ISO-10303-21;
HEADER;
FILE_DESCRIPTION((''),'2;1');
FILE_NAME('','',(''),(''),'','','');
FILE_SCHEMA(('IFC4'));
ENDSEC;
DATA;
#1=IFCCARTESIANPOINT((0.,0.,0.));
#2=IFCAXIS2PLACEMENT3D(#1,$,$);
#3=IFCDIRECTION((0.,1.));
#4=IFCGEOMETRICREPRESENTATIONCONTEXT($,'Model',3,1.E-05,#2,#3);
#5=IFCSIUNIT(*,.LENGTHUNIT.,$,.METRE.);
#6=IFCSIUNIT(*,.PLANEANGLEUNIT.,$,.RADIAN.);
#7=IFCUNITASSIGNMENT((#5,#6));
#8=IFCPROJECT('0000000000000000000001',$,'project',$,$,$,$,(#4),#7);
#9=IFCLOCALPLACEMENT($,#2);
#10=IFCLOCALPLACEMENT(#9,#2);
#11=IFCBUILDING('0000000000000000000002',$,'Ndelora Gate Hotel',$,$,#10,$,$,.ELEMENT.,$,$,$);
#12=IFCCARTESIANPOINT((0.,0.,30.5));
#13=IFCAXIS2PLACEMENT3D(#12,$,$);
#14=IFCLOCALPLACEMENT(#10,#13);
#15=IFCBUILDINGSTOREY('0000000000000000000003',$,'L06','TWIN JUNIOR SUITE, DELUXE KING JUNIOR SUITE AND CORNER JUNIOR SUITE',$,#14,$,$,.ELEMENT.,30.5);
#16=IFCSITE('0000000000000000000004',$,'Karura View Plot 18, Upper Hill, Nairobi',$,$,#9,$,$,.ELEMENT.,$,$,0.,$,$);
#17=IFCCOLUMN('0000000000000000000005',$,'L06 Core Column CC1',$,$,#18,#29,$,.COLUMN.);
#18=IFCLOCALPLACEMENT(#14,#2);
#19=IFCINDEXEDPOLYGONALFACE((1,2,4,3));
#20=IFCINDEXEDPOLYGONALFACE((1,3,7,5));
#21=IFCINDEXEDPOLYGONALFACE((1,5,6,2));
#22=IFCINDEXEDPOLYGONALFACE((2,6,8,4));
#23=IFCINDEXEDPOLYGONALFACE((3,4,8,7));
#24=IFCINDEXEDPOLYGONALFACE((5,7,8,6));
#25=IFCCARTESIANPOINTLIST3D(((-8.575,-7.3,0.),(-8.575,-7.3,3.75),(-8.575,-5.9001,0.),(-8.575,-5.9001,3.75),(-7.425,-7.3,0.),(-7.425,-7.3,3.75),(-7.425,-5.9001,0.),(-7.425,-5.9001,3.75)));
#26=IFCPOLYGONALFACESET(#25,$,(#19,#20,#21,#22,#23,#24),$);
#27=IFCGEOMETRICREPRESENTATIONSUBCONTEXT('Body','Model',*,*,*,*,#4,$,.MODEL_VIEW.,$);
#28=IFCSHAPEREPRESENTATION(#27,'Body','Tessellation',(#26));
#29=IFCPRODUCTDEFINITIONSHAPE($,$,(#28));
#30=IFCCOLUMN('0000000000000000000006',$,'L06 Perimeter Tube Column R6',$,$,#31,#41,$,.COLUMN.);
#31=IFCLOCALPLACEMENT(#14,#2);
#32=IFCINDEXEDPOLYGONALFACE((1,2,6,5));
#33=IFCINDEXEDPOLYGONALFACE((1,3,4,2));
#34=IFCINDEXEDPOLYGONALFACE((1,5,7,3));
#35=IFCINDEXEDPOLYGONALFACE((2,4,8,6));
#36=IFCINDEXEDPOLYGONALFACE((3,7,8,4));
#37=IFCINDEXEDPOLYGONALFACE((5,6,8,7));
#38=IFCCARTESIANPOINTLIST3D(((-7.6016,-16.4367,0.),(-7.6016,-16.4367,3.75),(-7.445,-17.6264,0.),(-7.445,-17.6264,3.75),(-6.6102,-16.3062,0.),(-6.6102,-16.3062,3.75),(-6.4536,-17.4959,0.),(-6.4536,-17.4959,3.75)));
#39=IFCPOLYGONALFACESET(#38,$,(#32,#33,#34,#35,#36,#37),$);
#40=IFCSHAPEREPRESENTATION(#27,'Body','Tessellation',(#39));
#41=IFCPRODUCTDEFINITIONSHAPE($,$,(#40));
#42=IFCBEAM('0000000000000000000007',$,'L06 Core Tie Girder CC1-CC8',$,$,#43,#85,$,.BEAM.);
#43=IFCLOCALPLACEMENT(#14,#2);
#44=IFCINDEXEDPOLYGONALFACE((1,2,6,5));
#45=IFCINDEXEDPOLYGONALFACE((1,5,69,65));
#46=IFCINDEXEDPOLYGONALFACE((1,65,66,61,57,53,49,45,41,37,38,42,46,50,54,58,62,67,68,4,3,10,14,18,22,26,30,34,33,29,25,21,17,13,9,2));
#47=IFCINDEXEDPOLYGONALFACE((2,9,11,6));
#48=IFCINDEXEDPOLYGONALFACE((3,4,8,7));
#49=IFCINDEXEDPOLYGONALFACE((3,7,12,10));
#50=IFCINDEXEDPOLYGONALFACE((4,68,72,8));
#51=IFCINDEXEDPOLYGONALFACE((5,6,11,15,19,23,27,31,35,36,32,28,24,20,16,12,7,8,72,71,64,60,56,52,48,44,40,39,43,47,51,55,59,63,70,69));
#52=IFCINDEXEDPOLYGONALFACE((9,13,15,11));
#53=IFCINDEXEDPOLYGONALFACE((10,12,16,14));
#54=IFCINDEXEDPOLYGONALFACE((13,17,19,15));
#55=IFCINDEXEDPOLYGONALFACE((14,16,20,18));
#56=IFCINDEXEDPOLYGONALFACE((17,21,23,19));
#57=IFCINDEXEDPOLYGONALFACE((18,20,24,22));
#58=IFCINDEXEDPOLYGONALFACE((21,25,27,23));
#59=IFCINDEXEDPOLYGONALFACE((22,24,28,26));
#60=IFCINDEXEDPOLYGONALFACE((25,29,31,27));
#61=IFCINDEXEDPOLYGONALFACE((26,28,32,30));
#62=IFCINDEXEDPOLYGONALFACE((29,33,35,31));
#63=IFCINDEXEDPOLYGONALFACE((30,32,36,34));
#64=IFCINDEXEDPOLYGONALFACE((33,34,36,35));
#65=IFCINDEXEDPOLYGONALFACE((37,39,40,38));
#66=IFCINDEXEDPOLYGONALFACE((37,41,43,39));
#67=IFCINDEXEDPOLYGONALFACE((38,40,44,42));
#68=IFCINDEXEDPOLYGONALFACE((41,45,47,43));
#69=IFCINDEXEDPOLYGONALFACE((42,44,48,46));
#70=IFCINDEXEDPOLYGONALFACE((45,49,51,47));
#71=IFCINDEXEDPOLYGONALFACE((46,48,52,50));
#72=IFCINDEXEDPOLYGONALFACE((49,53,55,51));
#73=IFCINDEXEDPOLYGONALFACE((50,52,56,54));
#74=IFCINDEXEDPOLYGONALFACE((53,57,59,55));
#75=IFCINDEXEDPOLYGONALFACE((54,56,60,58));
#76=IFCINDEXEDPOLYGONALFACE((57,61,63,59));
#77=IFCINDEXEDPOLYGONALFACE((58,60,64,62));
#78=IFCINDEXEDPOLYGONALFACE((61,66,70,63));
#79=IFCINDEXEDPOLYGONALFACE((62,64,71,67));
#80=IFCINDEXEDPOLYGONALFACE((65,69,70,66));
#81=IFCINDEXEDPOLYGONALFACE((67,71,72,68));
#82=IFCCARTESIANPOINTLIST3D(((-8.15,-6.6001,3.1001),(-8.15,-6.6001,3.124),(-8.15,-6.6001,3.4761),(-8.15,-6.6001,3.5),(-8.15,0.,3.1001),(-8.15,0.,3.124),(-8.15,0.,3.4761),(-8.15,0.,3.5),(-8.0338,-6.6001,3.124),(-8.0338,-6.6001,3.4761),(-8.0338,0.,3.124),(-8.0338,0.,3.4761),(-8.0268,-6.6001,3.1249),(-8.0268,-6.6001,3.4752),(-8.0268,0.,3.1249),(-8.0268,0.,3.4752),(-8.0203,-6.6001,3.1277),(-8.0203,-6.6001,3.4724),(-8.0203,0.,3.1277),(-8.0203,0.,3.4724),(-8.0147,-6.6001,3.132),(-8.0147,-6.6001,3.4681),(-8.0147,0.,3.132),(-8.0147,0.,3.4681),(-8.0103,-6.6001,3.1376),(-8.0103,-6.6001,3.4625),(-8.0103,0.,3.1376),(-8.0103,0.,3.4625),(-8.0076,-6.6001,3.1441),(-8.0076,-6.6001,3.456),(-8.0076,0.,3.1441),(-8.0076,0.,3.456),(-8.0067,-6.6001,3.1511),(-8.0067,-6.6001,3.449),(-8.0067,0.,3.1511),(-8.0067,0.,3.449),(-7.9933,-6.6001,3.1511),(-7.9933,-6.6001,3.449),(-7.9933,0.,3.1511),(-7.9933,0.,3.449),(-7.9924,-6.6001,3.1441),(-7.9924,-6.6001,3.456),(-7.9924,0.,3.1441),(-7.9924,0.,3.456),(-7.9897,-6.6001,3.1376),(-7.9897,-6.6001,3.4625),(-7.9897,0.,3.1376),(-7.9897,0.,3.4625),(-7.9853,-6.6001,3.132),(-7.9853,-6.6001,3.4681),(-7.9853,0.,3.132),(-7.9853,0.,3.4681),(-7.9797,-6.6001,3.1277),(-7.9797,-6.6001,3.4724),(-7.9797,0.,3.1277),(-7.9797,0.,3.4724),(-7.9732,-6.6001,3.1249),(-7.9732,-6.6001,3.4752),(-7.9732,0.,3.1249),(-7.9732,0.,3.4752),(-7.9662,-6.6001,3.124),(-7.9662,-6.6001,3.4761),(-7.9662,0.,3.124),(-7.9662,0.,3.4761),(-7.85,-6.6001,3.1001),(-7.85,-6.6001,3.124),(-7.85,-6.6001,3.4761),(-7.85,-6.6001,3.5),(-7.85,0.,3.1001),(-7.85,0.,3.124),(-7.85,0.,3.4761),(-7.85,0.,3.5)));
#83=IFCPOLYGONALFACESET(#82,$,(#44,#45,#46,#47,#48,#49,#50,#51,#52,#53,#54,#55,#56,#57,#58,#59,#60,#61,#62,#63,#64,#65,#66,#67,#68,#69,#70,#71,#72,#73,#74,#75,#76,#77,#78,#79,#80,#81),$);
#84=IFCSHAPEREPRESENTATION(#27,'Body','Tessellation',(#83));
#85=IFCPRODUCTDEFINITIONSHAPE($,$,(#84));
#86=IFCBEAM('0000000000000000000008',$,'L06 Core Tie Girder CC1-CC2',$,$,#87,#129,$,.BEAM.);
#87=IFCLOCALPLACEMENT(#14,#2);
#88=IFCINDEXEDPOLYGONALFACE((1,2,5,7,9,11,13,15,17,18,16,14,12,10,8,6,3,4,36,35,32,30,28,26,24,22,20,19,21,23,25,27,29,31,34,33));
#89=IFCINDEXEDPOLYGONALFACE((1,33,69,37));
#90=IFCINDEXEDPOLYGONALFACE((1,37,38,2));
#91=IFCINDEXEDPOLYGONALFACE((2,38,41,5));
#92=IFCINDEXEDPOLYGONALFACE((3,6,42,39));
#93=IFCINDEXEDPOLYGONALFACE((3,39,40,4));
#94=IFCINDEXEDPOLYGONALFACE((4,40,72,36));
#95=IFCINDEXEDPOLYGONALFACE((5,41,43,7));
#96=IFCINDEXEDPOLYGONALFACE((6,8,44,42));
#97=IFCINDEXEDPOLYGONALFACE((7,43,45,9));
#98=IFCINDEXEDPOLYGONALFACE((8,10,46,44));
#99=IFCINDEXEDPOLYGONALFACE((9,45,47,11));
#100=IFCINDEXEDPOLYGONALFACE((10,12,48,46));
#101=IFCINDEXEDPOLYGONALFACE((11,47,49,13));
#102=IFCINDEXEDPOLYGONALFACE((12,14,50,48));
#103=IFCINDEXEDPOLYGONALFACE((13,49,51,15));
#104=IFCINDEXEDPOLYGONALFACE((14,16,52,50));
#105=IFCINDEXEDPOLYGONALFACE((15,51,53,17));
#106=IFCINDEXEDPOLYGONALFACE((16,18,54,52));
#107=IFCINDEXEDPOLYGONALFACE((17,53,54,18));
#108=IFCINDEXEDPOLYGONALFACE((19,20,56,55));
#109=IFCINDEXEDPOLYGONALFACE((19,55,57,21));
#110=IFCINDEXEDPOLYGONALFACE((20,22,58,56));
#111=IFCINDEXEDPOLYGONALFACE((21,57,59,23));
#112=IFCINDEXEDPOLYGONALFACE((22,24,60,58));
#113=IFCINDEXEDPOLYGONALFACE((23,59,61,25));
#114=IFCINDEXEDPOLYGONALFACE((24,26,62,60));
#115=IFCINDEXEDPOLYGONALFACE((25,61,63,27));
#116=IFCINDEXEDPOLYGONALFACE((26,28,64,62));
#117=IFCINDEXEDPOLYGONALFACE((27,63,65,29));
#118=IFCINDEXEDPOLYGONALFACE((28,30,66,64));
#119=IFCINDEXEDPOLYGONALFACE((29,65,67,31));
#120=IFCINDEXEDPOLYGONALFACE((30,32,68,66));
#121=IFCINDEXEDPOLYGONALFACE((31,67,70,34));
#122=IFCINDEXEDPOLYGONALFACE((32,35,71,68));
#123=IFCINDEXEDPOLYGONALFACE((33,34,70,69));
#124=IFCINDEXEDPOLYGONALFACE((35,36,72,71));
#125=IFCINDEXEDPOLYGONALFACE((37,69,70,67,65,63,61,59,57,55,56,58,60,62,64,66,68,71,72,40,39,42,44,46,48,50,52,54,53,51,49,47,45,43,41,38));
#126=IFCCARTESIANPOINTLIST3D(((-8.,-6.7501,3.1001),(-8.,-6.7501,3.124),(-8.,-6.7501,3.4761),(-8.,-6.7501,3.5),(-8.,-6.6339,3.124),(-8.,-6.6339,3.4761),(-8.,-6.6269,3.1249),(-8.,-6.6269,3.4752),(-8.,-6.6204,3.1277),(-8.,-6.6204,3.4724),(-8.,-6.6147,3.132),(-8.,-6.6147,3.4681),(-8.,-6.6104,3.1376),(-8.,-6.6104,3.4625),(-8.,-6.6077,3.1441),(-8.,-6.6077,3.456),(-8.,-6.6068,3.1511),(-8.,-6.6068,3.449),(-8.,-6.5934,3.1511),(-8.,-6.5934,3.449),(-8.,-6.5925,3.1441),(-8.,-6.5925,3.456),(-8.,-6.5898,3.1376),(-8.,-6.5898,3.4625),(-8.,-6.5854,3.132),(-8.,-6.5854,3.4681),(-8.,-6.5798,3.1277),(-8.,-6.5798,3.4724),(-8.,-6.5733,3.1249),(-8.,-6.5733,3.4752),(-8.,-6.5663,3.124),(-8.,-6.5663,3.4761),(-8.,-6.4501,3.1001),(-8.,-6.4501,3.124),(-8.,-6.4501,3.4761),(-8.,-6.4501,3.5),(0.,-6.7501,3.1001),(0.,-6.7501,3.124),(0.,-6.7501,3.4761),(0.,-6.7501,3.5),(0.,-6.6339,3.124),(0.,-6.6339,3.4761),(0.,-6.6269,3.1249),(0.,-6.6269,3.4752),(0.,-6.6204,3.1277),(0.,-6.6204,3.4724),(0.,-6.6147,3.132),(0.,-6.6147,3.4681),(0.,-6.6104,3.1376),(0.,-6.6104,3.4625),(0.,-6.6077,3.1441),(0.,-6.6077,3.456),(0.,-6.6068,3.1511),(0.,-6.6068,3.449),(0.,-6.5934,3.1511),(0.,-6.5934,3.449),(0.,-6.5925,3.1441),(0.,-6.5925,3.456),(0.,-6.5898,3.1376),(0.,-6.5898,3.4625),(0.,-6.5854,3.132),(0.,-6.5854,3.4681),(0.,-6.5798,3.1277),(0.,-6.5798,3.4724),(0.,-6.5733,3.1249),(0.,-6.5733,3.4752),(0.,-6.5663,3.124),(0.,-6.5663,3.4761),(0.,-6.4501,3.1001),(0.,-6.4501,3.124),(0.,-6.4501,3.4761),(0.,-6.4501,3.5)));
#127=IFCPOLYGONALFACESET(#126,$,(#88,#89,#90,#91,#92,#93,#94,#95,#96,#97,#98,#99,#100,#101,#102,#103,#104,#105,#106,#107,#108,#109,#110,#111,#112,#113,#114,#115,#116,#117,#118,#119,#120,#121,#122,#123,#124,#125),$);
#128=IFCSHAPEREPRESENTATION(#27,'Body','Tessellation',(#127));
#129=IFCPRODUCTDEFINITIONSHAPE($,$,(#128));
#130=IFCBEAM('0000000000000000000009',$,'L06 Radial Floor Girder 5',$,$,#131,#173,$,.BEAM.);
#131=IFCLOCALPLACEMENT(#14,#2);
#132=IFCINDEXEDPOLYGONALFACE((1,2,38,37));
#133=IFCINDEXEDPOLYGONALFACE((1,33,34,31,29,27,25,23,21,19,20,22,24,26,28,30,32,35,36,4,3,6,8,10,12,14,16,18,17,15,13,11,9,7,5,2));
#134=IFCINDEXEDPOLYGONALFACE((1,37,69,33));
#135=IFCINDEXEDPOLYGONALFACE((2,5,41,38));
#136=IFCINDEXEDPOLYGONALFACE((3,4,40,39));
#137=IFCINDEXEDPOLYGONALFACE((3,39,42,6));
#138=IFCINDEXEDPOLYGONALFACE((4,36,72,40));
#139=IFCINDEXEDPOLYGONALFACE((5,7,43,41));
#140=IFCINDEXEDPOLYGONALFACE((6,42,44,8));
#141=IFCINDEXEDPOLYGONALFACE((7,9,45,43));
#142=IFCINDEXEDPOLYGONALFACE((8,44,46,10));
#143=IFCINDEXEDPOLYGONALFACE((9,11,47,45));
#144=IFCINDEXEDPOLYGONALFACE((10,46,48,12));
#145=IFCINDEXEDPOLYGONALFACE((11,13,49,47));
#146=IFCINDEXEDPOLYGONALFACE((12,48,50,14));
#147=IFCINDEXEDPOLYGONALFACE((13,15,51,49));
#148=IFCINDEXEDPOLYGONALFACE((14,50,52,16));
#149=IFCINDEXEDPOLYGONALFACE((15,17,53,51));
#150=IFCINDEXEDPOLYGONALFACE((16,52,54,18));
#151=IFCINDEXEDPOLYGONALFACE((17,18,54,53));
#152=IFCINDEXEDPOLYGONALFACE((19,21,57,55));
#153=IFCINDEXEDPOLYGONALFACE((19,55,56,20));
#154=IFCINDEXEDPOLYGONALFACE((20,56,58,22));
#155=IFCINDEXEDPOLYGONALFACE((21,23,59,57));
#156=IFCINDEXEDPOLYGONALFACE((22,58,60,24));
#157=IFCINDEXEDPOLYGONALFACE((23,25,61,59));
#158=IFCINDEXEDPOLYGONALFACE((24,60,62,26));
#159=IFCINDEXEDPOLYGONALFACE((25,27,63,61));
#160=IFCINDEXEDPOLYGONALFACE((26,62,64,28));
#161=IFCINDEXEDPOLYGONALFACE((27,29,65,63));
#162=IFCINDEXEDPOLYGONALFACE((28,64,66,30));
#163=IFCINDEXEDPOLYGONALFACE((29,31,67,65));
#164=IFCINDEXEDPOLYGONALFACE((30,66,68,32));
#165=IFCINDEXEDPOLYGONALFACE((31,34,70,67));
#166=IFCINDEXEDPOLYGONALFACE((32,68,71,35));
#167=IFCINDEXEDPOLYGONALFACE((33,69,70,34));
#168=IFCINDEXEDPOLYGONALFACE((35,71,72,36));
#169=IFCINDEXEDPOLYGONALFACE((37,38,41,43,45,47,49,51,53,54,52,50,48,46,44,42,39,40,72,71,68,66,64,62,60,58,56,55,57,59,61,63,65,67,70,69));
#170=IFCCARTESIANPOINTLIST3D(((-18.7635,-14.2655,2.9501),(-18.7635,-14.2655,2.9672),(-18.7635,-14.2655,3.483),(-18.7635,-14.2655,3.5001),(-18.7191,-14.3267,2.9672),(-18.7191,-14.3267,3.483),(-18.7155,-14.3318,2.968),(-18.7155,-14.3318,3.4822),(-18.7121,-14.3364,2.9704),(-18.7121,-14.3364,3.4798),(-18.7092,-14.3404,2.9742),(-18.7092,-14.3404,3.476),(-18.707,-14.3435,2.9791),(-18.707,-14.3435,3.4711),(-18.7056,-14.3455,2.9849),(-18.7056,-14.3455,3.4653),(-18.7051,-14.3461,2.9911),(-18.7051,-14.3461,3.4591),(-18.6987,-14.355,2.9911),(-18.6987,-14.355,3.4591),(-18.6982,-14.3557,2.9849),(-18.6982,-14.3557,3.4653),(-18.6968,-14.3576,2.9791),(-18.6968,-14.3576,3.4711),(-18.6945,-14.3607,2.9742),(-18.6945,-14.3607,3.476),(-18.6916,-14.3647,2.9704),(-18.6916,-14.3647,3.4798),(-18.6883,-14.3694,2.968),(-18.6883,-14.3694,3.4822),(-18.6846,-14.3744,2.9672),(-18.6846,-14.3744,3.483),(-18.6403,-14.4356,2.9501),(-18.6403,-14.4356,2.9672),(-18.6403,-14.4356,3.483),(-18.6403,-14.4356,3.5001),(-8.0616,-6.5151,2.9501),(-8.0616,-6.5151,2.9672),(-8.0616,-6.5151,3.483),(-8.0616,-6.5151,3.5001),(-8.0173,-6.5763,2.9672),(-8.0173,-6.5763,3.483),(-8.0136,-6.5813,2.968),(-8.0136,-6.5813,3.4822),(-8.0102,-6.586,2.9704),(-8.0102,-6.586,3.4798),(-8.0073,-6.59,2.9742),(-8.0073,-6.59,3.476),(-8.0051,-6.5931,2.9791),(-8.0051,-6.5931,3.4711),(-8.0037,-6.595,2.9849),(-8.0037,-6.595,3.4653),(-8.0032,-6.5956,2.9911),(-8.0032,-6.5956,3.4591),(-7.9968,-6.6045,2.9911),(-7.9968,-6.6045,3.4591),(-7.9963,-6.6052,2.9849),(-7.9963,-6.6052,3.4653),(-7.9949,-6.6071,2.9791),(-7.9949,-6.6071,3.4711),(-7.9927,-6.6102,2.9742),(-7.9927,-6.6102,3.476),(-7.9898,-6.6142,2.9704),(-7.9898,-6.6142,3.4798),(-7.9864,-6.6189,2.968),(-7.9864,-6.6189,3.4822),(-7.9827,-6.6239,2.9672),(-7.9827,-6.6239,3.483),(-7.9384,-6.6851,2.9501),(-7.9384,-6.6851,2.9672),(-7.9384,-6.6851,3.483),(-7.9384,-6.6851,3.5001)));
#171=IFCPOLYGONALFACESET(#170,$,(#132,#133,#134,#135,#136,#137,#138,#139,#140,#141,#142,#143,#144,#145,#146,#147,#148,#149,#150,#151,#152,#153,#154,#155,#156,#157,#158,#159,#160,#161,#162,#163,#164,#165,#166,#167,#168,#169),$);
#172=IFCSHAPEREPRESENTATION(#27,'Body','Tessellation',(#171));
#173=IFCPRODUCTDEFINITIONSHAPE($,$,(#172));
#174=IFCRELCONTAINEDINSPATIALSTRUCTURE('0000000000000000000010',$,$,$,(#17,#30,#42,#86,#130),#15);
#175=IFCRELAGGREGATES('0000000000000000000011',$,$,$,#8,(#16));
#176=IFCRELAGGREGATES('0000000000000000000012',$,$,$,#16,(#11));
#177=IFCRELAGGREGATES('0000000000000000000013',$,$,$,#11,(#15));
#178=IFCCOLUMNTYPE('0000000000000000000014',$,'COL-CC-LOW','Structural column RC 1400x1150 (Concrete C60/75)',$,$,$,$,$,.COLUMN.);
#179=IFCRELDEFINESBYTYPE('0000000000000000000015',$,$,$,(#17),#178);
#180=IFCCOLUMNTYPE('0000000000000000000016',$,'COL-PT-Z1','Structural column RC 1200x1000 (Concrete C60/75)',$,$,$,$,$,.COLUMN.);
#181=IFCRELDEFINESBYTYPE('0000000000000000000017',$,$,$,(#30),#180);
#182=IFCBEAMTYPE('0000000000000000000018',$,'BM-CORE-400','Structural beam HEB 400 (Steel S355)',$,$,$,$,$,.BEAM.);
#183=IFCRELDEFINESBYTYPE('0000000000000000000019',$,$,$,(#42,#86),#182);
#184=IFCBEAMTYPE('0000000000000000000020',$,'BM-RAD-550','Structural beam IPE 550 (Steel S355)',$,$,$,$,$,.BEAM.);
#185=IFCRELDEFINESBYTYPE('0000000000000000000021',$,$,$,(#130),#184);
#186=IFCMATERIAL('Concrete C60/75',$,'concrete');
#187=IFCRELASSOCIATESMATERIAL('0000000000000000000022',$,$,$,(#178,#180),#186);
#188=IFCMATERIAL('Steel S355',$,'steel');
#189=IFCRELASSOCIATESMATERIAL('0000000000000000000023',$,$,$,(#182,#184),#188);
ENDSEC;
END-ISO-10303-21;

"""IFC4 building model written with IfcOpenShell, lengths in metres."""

from ifc_helpers import new_model, si_unit, direction, frame, origin, origin_2d, place, context, subcontext, project, spatial, rectangle, i_section, extrude, material, material_profile, profile_set, type_object, element, save


model = new_model("IFC4")

# Units and contexts
model_context = context("Model", 3, precision=1e-05, world=origin(), true_north=direction((0.0, 1.0)))
body_context = subcontext(model_context, "Body", "Model", "MODEL_VIEW")
ifc_project = project(units=[si_unit("LENGTHUNIT", "METRE"), si_unit("PLANEANGLEUNIT", "RADIAN")], contexts=[model_context])

# Site, building, storey
site_placement = place(None, origin())
site = spatial("IfcSite", under=ifc_project, at=site_placement, Name="Karura View Plot 18, Upper Hill, Nairobi", CompositionType="ELEMENT", RefElevation=0.0)
building_placement = place(site_placement, origin())
building = spatial("IfcBuilding", under=site, at=building_placement, Name="Ndelora Gate Hotel", CompositionType="ELEMENT")
storey_placement = place(building_placement, frame((0.0, 0.0, 30.5)))
storey = spatial("IfcBuildingStorey", under=building, at=storey_placement, Name="L06", Description="TWIN JUNIOR SUITE, DELUXE KING JUNIOR SUITE AND CORNER JUNIOR SUITE", CompositionType="ELEMENT", Elevation=30.5)

# Columns
ifc_material_1 = material(Name="Concrete C60/75", Category="concrete")
ifc_material_profile_1 = material_profile(ifc_material_1, rectangle(XDim=1.1499, YDim=1.3999, at=origin_2d()), Name="RC 1400x1150")
ifc_profile_set_1 = profile_set([ifc_material_profile_1], Name="Concrete C60/75")
column_type_1 = type_object("IfcColumnType", Name="COL-CC-LOW", Description="Structural column RC 1400x1150 (Concrete C60/75)", PredefinedType="COLUMN", material=ifc_profile_set_1)
column_1_placement = place(storey_placement, frame((-8.0, -6.6001, 0.0), z_axis=(0.0, 0.0, 1.0), x_axis=(1.0, 0.0, 0.0)))
element("IfcColumn", 1, at=column_1_placement, inside=storey, type_object=column_type_1, Name="L06 Core Column CC1", PredefinedType="COLUMN", context=body_context, shape_type="SweptSolid", body=[
    extrude(rectangle(XDim=1.1499, YDim=1.3999, at=origin_2d()), origin(), (0.0, 0.0, 1.0), 3.75),
])
ifc_material_profile_2 = material_profile(ifc_material_1, rectangle(XDim=1.0, YDim=1.2, at=origin_2d()), Name="RC 1200x1000")
ifc_profile_set_2 = profile_set([ifc_material_profile_2], Name="Concrete C60/75")
column_type_2 = type_object("IfcColumnType", Name="COL-PT-Z1", Description="Structural column RC 1200x1000 (Concrete C60/75)", PredefinedType="COLUMN", material=ifc_profile_set_2)
column_2_placement = place(storey_placement, frame((-7.0276, -16.9663, 0.0), z_axis=(0.0, 0.0, 1.0), x_axis=(0.991445, 0.130526, 0.0)))
element("IfcColumn", 2, at=column_2_placement, inside=storey, type_object=column_type_2, Name="L06 Perimeter Tube Column R6", PredefinedType="COLUMN", context=body_context, shape_type="SweptSolid", body=[
    extrude(rectangle(XDim=1.0, YDim=1.2, at=origin_2d()), origin(), (0.0, 0.0, 1.0), 3.75),
])

# Beams
ifc_material_2 = material(Name="Steel S355", Category="steel")
ifc_material_profile_3 = material_profile(ifc_material_2, i_section(OverallWidth=0.3, OverallDepth=0.3999, WebThickness=0.0134, FlangeThickness=0.0239, FilletRadius=0.0271, at=origin_2d()), Name="HEB 400")
ifc_profile_set_3 = profile_set([ifc_material_profile_3], Name="Steel S355")
beam_type_1 = type_object("IfcBeamType", Name="BM-CORE-400", Description="Structural beam HEB 400 (Steel S355)", PredefinedType="BEAM", material=ifc_profile_set_3)
beam_1_placement = place(storey_placement, frame((-8.0, -6.6001, 3.3), z_axis=(0.0, 1.0, 0.0), x_axis=(-1.0, 0.0, 0.0)))
element("IfcBeam", 3, at=beam_1_placement, inside=storey, type_object=beam_type_1, Name="L06 Core Tie Girder CC1-CC8", PredefinedType="BEAM", context=body_context, shape_type="SweptSolid", body=[
    extrude(i_section(OverallWidth=0.3, OverallDepth=0.3999, WebThickness=0.0134, FlangeThickness=0.0239, FilletRadius=0.0271, at=origin_2d()), origin(), (0.0, 0.0, 1.0), 6.6001),
])
beam_2_placement = place(storey_placement, frame((-8.0, -6.6001, 3.3), z_axis=(1.0, 0.0, 0.0), x_axis=(0.0, 1.0, 0.0)))
element("IfcBeam", 4, at=beam_2_placement, inside=storey, type_object=beam_type_1, Name="L06 Core Tie Girder CC1-CC2", PredefinedType="BEAM", context=body_context, shape_type="SweptSolid", body=[
    extrude(i_section(OverallWidth=0.3, OverallDepth=0.3999, WebThickness=0.0134, FlangeThickness=0.0239, FilletRadius=0.0271, at=origin_2d()), origin(), (0.0, 0.0, 1.0), 8.0),
])
ifc_material_profile_4 = material_profile(ifc_material_2, i_section(OverallWidth=0.21, OverallDepth=0.55, WebThickness=0.011, FlangeThickness=0.0171, FilletRadius=0.0239, at=origin_2d()), Name="IPE 550")
ifc_profile_set_4 = profile_set([ifc_material_profile_4], Name="Steel S355")
beam_type_2 = type_object("IfcBeamType", Name="BM-RAD-550", Description="Structural beam IPE 550 (Steel S355)", PredefinedType="BEAM", material=ifc_profile_set_4)
beam_3_placement = place(storey_placement, frame((-8.0, -6.6001, 3.2251), z_axis=(-0.809912, -0.586551, 0.0), x_axis=(0.586551, -0.809912, 0.0)))
element("IfcBeam", 5, at=beam_3_placement, inside=storey, type_object=beam_type_2, Name="L06 Radial Floor Girder 5", PredefinedType="BEAM", context=body_context, shape_type="SweptSolid", body=[
    extrude(i_section(OverallWidth=0.21, OverallDepth=0.55, WebThickness=0.011, FlangeThickness=0.0171, FilletRadius=0.0239, at=origin_2d()), origin(), (0.0, 0.0, 1.0), 13.2136),
])

save(model, "model.ifc")
